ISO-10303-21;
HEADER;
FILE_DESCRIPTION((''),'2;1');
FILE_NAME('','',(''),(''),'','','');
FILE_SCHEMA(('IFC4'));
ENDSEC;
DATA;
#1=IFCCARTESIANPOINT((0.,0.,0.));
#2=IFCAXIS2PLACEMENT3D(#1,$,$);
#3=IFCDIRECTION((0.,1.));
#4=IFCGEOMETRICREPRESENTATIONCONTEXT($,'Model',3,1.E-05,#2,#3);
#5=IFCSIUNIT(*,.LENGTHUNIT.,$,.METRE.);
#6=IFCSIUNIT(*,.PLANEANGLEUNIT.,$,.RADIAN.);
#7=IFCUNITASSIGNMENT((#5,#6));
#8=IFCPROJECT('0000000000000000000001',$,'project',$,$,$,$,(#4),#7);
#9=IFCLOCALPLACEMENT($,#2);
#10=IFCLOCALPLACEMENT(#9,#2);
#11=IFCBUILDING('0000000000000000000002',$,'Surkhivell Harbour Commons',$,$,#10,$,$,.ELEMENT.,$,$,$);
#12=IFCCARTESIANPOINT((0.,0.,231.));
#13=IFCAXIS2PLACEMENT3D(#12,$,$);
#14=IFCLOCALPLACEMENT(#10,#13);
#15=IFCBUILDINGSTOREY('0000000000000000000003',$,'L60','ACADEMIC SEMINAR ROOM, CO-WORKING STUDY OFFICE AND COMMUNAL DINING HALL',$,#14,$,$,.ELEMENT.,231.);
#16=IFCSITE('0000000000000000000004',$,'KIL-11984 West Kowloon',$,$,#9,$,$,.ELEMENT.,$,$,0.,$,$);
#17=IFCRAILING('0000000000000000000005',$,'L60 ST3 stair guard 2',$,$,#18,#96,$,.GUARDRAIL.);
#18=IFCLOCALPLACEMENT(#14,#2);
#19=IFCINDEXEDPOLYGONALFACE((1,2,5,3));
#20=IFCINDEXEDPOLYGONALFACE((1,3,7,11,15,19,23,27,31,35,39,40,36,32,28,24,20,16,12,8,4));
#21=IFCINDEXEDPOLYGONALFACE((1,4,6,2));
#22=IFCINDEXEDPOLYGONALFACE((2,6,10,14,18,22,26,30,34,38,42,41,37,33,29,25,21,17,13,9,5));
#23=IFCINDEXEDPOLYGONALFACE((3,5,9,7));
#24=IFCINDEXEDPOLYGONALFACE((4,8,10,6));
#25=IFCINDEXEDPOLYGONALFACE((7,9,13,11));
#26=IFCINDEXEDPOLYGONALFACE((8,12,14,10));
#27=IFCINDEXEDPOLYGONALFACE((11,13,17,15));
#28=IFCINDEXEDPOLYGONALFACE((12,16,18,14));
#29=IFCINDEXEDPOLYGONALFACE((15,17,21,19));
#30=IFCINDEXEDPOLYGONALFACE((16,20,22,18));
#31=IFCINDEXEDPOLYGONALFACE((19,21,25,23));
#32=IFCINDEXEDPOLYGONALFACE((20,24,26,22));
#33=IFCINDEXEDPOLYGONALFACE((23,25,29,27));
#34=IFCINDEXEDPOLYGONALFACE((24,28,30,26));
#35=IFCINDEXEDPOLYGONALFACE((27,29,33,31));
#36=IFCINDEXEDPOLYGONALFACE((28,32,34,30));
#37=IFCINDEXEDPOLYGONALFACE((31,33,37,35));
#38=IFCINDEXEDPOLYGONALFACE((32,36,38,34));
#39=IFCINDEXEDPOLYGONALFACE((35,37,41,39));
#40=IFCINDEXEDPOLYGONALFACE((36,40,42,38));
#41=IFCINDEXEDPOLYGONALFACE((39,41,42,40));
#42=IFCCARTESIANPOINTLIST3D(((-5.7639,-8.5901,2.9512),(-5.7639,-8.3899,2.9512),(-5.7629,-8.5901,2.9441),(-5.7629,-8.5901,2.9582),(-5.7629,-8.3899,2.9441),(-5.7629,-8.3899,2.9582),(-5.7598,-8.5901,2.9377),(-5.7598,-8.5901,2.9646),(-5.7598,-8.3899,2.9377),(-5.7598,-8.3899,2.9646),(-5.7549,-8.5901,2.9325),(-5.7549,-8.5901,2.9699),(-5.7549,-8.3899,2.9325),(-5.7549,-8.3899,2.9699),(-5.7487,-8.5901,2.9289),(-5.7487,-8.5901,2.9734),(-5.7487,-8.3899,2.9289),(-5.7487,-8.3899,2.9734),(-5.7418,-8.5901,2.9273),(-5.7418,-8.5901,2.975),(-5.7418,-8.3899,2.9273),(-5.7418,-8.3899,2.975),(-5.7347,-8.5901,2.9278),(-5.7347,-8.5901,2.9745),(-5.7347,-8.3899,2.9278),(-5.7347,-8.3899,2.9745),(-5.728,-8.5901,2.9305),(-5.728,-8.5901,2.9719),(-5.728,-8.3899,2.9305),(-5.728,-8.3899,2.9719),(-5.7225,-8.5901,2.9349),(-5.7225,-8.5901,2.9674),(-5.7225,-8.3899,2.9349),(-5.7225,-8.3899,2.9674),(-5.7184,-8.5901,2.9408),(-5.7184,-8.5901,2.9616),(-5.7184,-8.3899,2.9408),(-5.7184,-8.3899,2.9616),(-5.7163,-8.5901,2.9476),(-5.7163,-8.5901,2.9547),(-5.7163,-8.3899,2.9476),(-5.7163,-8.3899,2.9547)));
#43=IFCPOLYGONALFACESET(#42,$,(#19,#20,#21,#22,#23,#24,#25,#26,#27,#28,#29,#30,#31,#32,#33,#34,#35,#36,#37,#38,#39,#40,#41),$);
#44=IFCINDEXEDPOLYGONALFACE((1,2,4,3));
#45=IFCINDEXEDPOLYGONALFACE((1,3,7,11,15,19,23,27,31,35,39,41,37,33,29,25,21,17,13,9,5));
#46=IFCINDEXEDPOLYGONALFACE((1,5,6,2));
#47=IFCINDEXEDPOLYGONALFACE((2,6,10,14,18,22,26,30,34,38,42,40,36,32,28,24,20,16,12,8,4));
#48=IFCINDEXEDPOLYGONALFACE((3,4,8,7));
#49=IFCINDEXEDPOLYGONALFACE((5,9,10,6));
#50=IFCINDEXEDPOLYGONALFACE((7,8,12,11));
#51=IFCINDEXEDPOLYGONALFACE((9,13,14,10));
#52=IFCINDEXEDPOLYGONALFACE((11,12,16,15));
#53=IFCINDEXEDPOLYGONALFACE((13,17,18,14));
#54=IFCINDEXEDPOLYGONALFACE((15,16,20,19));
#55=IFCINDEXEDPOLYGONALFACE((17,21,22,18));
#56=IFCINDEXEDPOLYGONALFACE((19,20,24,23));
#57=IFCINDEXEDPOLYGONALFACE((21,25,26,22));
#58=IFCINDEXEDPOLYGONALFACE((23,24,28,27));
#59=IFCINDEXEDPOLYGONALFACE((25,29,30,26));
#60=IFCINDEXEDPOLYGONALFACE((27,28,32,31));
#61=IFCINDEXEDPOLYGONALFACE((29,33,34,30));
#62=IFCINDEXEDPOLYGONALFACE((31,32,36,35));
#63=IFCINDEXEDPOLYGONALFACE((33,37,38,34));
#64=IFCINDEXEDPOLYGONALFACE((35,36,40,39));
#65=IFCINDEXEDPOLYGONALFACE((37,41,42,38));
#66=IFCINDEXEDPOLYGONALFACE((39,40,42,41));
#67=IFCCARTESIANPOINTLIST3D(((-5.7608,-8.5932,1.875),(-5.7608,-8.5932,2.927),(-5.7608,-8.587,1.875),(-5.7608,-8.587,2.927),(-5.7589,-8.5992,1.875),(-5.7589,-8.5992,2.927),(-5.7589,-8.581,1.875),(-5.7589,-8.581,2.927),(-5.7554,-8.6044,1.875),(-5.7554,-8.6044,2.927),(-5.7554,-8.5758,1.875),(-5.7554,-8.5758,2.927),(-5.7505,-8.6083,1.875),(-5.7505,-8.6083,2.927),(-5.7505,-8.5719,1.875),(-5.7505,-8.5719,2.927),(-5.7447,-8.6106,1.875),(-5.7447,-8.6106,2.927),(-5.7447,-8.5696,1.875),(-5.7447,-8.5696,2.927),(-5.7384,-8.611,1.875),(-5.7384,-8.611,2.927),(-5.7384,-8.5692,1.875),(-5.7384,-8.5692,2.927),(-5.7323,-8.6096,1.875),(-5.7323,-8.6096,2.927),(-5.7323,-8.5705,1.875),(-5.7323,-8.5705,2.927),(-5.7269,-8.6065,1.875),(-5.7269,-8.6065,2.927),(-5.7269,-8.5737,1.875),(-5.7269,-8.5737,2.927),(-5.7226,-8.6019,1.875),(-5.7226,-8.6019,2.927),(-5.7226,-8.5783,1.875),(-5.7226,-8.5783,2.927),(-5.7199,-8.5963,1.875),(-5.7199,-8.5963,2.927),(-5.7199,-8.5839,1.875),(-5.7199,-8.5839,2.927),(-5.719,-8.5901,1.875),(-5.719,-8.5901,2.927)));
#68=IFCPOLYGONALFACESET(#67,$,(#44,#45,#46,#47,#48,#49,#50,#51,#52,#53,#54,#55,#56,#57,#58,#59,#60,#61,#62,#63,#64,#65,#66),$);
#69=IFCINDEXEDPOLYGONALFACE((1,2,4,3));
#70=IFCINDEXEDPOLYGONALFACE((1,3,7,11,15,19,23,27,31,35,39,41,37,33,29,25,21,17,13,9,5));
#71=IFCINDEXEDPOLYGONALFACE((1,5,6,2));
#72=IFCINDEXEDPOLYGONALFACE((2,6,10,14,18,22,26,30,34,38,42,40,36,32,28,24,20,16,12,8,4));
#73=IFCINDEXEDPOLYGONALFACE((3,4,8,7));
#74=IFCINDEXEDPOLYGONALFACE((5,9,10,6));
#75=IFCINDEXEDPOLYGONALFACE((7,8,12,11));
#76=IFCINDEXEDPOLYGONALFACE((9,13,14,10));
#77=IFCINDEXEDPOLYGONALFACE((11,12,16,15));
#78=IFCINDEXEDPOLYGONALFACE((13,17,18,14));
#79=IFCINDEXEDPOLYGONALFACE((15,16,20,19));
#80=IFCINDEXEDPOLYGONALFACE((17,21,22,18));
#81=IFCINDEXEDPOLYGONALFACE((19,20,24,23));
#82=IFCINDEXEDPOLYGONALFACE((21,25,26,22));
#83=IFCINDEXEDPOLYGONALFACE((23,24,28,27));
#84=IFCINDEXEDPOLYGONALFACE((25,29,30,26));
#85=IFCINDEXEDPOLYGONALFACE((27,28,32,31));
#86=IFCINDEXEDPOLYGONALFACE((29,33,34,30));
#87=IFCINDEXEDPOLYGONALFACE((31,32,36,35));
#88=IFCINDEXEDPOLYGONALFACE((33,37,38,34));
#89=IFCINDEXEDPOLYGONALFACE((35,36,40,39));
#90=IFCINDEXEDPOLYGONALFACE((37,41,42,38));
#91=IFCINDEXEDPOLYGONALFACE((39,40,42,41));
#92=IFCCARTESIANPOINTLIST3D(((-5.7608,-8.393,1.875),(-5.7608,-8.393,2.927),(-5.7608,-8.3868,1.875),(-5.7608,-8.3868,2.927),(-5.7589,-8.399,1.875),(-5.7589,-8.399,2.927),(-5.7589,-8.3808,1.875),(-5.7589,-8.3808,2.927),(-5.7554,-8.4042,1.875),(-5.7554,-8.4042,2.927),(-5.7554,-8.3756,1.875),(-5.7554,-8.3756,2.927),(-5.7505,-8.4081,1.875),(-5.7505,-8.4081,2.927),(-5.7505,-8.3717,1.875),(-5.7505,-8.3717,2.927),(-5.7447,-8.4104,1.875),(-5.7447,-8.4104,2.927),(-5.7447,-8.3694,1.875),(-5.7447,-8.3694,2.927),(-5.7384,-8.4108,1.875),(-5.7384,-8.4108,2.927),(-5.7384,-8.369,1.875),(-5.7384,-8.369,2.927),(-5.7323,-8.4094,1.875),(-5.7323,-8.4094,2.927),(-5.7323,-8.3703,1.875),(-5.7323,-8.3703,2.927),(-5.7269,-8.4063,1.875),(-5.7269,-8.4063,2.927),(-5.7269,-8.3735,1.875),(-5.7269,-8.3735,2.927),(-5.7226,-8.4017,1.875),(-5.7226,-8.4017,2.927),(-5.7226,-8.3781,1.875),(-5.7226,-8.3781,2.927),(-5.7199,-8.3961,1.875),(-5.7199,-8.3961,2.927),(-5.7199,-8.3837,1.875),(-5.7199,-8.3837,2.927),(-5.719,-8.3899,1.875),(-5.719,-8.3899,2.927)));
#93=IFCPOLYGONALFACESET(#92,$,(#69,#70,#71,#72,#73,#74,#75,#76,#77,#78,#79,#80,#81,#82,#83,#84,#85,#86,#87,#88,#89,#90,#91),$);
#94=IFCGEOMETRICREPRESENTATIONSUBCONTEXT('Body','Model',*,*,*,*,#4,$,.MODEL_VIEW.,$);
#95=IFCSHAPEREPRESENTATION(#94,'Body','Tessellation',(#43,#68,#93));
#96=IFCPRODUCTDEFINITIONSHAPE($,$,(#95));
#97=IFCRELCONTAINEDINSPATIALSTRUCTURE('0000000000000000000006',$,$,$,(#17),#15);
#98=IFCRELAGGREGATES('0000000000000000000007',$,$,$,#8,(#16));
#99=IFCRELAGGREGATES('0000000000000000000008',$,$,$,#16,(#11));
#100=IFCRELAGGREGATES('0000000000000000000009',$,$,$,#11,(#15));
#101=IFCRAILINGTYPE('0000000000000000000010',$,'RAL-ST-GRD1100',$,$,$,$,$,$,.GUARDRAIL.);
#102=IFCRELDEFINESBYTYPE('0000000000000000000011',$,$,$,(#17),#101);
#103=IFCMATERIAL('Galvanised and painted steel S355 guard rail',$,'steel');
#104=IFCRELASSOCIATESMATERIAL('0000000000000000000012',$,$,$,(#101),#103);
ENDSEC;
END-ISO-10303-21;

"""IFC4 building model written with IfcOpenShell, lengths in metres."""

from ifc_helpers import new_model, si_unit, direction, frame, origin, origin_2d, place, context, subcontext, project, spatial, circle, extrude, material, type_object, element, save


model = new_model("IFC4")

# Units and contexts
model_context = context("Model", 3, precision=1e-05, world=origin(), true_north=direction((0.0, 1.0)))
body_context = subcontext(model_context, "Body", "Model", "MODEL_VIEW")
ifc_project = project(units=[si_unit("LENGTHUNIT", "METRE"), si_unit("PLANEANGLEUNIT", "RADIAN")], contexts=[model_context])

# Site, building, storey
site_placement = place(None, origin())
site = spatial("IfcSite", under=ifc_project, at=site_placement, Name="KIL-11984 West Kowloon", CompositionType="ELEMENT", RefElevation=0.0)
building_placement = place(site_placement, origin())
building = spatial("IfcBuilding", under=site, at=building_placement, Name="Surkhivell Harbour Commons", CompositionType="ELEMENT")
storey_placement = place(building_placement, frame((0.0, 0.0, 231.0)))
storey = spatial("IfcBuildingStorey", under=building, at=storey_placement, Name="L60", Description="ACADEMIC SEMINAR ROOM, CO-WORKING STUDY OFFICE AND COMMUNAL DINING HALL", CompositionType="ELEMENT", Elevation=231.0)

# Railing
ifc_material_1 = material(Name="Galvanised and painted steel S355 guard rail", Category="steel")
railing_type_1 = type_object("IfcRailingType", Name="RAL-ST-GRD1100", PredefinedType="GUARDRAIL", material=ifc_material_1)
railing_1_placement = place(storey_placement, frame((-5.74, -8.5901, 1.875)))
element("IfcRailing", 1, at=railing_1_placement, inside=storey, type_object=railing_type_1, Name="L60 ST3 stair guard 2", PredefinedType="GUARDRAIL", context=body_context, shape_type="SweptSolid", body=[
    extrude(circle(Radius=0.0239, at=origin_2d()), frame((0.0, 0.0, 1.0762), z_axis=(0.0, 1.0, 0.0), x_axis=(-1.0, 0.0, 0.0)), (0.0, 0.0, 1.0), 0.2002),
    extrude(circle(Radius=0.021, at=origin_2d()), origin(), (0.0, 0.0, 1.0), 1.052),
    extrude(circle(Radius=0.021, at=origin_2d()), frame((0.0, 0.2002, 0.0)), (0.0, 0.0, 1.0), 1.052),
])

save(model, "model.ifc")
